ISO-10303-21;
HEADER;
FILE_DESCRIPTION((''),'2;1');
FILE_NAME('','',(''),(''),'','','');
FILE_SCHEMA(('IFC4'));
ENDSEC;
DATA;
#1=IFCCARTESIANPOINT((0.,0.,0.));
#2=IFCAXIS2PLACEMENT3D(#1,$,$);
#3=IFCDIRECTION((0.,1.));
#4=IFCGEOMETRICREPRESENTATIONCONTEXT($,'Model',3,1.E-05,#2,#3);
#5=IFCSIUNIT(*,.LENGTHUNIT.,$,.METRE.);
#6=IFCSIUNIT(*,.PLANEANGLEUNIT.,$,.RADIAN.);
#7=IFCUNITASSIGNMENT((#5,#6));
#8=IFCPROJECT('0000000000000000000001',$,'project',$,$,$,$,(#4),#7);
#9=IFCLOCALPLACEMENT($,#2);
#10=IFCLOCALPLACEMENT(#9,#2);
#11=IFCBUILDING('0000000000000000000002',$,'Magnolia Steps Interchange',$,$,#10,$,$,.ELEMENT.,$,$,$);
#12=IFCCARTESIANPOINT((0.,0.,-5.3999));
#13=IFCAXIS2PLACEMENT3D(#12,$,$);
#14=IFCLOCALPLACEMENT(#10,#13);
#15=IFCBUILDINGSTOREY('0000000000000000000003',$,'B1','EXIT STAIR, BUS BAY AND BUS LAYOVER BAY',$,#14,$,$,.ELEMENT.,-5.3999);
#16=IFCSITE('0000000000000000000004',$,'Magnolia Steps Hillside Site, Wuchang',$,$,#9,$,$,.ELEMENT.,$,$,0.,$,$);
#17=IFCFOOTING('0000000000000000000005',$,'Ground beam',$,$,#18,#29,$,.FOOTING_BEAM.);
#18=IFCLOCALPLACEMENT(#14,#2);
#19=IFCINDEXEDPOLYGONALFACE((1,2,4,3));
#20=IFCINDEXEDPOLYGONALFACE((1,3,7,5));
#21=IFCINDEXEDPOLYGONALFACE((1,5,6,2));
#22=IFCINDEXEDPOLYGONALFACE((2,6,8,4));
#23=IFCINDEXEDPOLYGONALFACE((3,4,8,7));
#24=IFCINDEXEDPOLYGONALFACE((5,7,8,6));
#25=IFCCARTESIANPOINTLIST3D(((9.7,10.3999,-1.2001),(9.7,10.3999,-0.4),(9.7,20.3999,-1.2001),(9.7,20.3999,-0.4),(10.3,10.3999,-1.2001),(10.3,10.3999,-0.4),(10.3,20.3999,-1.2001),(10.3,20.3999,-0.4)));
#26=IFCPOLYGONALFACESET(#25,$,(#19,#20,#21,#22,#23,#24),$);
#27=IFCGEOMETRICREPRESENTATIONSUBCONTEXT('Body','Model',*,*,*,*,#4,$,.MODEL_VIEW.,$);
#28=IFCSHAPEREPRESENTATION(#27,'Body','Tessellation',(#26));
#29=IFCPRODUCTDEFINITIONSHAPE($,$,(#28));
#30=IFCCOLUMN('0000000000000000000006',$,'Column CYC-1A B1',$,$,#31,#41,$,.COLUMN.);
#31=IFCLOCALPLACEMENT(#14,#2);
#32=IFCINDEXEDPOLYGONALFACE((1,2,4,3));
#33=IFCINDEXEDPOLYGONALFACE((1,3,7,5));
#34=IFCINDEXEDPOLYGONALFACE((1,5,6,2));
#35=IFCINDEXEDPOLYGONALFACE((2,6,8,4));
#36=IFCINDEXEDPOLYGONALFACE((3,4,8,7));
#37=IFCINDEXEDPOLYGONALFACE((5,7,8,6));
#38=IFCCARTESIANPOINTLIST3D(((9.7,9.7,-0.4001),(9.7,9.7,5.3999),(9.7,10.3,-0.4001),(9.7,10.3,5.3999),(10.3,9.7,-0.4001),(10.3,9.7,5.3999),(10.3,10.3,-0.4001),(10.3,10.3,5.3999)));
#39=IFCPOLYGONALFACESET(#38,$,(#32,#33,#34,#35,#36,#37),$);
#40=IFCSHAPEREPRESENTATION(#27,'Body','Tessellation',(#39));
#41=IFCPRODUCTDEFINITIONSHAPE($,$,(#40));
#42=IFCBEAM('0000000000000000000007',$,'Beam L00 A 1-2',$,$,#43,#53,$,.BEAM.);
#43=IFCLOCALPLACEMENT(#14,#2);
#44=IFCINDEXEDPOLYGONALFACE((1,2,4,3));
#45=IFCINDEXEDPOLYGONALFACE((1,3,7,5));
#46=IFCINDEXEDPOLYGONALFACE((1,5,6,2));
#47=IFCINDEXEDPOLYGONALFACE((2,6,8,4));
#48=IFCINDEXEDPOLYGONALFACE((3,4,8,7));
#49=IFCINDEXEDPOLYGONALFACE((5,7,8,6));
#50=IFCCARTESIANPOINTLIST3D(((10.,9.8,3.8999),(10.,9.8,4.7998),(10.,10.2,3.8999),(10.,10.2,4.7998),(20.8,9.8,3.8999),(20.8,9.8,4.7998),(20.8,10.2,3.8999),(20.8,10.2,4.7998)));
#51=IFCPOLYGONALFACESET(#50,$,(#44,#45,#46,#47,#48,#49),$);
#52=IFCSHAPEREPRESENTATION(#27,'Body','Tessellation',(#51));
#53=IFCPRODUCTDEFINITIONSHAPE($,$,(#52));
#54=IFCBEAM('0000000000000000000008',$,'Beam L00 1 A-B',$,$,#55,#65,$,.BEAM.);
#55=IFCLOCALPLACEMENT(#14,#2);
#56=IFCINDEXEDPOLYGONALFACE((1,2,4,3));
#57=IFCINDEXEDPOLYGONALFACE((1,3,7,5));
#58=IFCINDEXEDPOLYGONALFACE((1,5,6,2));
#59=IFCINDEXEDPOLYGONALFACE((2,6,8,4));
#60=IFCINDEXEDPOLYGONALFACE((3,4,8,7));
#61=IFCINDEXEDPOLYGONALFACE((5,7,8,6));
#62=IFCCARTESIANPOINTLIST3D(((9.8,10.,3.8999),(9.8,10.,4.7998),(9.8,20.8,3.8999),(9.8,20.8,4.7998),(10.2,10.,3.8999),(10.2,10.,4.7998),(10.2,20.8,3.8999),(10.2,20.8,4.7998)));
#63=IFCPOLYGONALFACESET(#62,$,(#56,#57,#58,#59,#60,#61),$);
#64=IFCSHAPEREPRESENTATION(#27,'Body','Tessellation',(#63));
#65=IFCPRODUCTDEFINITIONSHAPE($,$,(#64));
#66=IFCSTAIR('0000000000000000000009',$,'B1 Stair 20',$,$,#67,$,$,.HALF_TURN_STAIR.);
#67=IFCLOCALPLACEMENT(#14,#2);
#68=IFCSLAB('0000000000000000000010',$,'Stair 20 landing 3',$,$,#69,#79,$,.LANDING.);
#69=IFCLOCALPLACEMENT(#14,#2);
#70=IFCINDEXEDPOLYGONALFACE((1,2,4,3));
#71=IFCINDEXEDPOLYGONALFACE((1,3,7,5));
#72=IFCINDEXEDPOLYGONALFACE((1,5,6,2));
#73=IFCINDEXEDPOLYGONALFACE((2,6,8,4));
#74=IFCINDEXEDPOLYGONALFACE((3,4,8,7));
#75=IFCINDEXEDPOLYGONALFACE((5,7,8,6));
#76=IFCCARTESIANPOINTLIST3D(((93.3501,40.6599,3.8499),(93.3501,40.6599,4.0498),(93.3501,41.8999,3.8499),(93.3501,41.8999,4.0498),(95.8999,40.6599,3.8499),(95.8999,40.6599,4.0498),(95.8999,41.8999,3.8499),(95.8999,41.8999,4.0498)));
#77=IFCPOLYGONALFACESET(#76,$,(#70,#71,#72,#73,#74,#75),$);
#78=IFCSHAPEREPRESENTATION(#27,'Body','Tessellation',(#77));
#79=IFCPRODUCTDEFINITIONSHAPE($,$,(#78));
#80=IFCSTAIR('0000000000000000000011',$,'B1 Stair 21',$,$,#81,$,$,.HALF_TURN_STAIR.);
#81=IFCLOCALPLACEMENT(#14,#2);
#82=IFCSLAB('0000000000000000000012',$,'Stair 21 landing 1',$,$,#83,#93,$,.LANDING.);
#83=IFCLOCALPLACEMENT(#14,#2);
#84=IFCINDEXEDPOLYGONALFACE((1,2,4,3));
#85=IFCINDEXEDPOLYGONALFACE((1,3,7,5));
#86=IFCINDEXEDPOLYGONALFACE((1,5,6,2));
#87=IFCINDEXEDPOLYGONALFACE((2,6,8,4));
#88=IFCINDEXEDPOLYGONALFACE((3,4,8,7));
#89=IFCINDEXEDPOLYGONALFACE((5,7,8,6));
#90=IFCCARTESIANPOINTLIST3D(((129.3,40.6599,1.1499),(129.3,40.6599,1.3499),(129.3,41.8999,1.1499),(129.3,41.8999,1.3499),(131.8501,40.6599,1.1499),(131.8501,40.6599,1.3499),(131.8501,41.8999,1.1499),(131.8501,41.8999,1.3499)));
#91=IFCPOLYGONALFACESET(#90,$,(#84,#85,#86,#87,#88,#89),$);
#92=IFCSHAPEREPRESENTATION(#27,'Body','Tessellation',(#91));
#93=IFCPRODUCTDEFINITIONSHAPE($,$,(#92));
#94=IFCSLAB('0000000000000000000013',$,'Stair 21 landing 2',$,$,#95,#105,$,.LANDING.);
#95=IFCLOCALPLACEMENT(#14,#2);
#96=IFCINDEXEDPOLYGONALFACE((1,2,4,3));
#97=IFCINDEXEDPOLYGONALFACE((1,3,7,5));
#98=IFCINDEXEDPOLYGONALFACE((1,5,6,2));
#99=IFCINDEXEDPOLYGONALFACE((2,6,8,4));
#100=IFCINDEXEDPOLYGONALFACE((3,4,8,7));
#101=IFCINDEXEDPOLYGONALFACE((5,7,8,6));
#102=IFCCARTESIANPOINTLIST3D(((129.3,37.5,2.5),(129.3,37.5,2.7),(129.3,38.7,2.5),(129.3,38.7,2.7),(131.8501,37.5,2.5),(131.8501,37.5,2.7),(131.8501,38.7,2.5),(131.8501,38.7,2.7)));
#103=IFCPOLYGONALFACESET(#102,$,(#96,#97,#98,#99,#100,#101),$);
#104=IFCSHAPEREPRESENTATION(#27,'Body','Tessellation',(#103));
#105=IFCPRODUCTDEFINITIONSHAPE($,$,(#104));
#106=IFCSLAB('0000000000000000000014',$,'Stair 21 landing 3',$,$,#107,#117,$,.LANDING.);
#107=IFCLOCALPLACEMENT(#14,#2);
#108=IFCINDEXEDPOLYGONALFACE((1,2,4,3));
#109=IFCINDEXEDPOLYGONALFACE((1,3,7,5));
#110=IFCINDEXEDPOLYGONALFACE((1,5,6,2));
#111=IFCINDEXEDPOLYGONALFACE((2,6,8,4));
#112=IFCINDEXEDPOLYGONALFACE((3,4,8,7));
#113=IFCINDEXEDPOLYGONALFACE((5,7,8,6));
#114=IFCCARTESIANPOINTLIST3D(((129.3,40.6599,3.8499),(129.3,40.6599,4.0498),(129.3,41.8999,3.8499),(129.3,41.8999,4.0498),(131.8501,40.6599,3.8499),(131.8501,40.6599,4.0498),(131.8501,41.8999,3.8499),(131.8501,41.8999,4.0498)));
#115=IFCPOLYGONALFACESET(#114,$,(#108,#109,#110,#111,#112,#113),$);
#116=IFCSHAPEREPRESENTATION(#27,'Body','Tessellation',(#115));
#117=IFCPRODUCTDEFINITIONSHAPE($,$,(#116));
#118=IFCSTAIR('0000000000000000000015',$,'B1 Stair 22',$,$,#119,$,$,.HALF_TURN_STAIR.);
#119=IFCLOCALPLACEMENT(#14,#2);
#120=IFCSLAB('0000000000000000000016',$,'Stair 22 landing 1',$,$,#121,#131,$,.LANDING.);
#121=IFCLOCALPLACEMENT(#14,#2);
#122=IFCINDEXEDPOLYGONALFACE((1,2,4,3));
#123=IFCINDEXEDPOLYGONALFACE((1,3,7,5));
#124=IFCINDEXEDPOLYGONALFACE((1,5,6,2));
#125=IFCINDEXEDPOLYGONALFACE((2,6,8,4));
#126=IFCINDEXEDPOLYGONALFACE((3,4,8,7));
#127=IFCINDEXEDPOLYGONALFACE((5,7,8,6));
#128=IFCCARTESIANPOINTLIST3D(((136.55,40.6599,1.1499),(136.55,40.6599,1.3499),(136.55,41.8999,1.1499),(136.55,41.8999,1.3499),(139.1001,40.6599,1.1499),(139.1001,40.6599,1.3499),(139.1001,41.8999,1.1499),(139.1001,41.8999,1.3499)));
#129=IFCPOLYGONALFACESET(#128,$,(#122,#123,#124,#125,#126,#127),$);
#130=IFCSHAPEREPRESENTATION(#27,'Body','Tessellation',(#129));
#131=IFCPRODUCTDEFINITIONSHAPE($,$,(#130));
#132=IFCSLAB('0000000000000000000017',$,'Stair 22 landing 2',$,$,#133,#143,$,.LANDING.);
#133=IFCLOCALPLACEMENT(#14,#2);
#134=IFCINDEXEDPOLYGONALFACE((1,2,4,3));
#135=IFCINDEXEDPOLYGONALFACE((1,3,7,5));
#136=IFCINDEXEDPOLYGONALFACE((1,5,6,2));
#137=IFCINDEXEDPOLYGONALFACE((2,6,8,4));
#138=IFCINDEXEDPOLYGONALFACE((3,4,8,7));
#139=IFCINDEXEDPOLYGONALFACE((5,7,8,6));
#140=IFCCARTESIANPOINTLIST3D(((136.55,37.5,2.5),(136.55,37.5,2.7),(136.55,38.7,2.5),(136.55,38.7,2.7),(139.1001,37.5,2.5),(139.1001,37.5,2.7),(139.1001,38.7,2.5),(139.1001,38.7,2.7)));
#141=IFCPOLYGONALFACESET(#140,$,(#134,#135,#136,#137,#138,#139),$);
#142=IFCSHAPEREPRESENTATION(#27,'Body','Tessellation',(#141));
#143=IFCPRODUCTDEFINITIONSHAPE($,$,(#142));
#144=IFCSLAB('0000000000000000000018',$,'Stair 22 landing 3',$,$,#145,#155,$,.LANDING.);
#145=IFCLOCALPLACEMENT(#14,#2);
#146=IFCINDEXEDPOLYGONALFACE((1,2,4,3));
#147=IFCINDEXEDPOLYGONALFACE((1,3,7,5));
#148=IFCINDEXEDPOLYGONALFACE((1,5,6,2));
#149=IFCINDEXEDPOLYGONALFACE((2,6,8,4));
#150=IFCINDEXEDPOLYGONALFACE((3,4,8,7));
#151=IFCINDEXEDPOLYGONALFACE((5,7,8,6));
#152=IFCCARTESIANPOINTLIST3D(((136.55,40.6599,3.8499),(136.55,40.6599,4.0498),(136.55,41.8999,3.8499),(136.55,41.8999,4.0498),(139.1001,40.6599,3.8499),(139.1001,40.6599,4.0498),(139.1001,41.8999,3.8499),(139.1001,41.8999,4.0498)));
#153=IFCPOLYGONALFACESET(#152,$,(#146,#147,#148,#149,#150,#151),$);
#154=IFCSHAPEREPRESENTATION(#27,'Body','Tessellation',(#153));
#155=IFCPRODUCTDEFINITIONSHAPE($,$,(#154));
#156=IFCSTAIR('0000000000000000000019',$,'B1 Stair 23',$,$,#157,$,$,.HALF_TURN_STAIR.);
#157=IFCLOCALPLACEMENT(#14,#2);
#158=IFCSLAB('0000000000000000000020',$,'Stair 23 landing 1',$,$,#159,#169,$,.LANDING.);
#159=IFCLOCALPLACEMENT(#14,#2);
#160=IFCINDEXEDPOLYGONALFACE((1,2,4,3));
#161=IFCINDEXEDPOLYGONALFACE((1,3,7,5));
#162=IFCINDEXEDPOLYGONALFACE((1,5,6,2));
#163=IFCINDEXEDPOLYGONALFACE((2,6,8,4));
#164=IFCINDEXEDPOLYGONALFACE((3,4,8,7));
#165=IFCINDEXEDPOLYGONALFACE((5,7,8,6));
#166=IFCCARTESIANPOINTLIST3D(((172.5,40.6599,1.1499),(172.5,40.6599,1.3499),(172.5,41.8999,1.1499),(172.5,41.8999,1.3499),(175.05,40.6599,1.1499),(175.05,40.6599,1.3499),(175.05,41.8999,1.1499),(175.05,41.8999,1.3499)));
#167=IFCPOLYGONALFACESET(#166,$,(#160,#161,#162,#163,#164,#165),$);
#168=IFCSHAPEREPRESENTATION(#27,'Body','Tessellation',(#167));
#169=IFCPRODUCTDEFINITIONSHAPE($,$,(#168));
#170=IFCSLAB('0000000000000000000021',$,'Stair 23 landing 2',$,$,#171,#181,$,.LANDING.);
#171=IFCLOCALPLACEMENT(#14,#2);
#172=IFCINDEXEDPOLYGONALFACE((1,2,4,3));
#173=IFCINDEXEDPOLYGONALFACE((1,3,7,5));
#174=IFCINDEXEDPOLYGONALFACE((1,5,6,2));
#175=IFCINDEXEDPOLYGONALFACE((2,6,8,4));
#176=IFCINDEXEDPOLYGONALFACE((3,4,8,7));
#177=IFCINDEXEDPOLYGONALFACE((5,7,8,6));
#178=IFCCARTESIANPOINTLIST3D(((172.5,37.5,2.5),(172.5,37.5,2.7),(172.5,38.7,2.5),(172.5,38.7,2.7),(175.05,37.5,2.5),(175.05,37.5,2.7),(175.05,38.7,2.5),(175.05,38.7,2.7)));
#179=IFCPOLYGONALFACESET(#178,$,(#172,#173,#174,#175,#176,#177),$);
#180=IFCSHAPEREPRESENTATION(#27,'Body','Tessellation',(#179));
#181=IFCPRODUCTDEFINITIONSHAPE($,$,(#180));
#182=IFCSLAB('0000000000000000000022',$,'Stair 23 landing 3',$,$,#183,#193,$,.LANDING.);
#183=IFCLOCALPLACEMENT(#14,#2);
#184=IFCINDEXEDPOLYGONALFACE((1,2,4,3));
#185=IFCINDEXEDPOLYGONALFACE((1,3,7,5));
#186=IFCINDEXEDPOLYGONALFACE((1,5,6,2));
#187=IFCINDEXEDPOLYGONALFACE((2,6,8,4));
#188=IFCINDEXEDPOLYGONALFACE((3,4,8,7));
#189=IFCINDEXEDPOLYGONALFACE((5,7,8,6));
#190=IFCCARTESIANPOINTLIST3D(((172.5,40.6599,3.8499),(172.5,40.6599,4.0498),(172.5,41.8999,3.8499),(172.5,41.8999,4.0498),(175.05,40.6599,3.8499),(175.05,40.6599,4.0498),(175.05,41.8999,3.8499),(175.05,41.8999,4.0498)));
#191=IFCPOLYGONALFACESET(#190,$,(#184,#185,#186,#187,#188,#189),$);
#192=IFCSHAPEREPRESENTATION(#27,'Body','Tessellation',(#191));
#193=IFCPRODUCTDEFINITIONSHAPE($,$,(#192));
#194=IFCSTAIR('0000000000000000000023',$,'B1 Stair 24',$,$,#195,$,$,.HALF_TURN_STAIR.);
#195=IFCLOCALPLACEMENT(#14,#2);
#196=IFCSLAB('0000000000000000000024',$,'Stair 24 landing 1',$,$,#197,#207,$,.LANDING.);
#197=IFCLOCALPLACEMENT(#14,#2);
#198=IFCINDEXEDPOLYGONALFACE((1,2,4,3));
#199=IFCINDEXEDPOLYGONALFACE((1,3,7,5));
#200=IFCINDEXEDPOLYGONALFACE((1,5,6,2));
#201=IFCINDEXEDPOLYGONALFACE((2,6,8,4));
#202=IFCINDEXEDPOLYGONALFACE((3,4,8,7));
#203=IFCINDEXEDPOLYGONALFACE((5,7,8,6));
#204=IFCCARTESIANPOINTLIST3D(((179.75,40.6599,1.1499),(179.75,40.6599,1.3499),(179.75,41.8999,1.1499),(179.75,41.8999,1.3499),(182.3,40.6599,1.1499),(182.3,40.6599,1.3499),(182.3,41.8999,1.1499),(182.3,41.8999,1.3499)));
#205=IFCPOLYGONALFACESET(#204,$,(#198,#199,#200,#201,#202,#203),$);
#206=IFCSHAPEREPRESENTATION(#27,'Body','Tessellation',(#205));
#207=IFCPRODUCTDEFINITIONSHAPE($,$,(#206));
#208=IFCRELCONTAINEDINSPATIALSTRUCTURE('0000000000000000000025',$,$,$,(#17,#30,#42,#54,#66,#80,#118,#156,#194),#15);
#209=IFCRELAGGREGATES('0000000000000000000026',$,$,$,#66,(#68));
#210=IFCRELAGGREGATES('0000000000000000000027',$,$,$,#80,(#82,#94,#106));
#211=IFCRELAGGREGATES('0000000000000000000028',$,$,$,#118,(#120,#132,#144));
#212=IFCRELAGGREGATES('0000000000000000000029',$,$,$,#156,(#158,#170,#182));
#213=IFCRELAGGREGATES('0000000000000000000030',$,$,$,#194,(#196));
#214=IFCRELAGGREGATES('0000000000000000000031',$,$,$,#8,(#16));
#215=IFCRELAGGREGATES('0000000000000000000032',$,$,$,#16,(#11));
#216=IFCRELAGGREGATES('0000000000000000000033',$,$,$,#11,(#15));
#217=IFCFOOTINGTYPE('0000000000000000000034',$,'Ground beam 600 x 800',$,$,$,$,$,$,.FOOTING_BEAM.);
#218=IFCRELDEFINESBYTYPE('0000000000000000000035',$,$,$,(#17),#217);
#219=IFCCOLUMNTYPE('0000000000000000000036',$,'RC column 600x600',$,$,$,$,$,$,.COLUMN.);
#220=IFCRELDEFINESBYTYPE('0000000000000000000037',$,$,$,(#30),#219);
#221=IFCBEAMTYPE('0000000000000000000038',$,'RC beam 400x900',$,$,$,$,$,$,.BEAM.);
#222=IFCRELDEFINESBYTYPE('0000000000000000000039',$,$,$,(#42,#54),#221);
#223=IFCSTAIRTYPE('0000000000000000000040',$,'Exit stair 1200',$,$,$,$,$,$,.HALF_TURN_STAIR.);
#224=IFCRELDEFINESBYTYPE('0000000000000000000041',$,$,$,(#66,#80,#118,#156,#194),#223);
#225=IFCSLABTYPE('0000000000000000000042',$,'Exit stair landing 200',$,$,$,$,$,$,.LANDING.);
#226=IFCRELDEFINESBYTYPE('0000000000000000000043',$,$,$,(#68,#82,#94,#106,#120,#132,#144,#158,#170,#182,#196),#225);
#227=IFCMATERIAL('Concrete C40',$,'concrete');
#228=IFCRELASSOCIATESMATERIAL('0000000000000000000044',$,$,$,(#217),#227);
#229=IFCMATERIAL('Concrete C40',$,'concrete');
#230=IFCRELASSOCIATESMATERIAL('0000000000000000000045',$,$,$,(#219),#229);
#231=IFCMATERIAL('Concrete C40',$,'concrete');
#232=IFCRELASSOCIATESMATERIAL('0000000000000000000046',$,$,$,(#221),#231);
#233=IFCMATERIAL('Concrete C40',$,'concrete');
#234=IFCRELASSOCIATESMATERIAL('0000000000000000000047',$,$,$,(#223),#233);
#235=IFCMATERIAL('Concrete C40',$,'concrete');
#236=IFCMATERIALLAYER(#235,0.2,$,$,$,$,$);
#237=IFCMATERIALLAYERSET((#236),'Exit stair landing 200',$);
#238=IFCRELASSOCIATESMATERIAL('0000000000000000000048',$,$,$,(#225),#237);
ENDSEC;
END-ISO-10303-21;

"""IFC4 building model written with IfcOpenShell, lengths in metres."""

from ifc_helpers import new_model, si_unit, direction, frame, origin, origin_2d, place, context, subcontext, project, spatial, polyline, rectangle, outline, extrude, material, layer, layer_set, material_profile, profile_set, type_object, element, aggregate, save


model = new_model("IFC4")

# Units and contexts
model_context = context("Model", 3, precision=1e-05, world=origin(), true_north=direction((0.0, 1.0)))
body_context = subcontext(model_context, "Body", "Model", "MODEL_VIEW")
ifc_project = project(units=[si_unit("LENGTHUNIT", "METRE"), si_unit("PLANEANGLEUNIT", "RADIAN")], contexts=[model_context])

# Site, building, storey
site_placement = place(None, origin())
site = spatial("IfcSite", under=ifc_project, at=site_placement, Name="Magnolia Steps Hillside Site, Wuchang", CompositionType="ELEMENT", RefElevation=0.0)
building_placement = place(site_placement, origin())
building = spatial("IfcBuilding", under=site, at=building_placement, Name="Magnolia Steps Interchange", CompositionType="ELEMENT")
storey_placement = place(building_placement, frame((0.0, 0.0, -5.3999)))
storey = spatial("IfcBuildingStorey", under=building, at=storey_placement, Name="B1", Description="EXIT STAIR, BUS BAY AND BUS LAYOVER BAY", CompositionType="ELEMENT", Elevation=-5.3999)

# Footing
ifc_material_1 = material(Name="Concrete C40", Category="concrete")
ifc_material_profile_1 = material_profile(ifc_material_1, rectangle(XDim=0.6001, YDim=0.8, at=origin_2d()), Name="RC600x800")
ifc_profile_set_1 = profile_set([ifc_material_profile_1], Name="Concrete C40")
footing_type = type_object("IfcFootingType", Name="Ground beam 600 x 800", PredefinedType="FOOTING_BEAM", material=ifc_profile_set_1)
footing_placement = place(storey_placement, frame((10.0, 10.3999, -0.8), z_axis=(0.0, 1.0, 0.0), x_axis=(-1.0, 0.0, 0.0)))
element("IfcFooting", 1, at=footing_placement, inside=storey, type_object=footing_type, Name="Ground beam", PredefinedType="FOOTING_BEAM", context=body_context, shape_type="SweptSolid", body=[
    extrude(rectangle(XDim=0.6001, YDim=0.8, at=origin_2d()), origin(), (0.0, 0.0, 1.0), 10.0),
])

# Column
ifc_material_2 = material(Name="Concrete C40", Category="concrete")
ifc_material_profile_2 = material_profile(ifc_material_2, rectangle(XDim=0.6001, YDim=0.6001, at=origin_2d()), Name="RC600x600")
ifc_profile_set_2 = profile_set([ifc_material_profile_2], Name="Concrete C40")
column_type = type_object("IfcColumnType", Name="RC column 600x600", PredefinedType="COLUMN", material=ifc_profile_set_2)
column_placement = place(storey_placement, frame((10.0, 10.0, -0.4001), z_axis=(0.0, 0.0, 1.0), x_axis=(1.0, 0.0, 0.0)))
element("IfcColumn", 2, at=column_placement, inside=storey, type_object=column_type, Name="Column CYC-1A B1", PredefinedType="COLUMN", context=body_context, shape_type="SweptSolid", body=[
    extrude(rectangle(XDim=0.6001, YDim=0.6001, at=origin_2d()), origin(), (0.0, 0.0, 1.0), 5.8),
])

# Beams
ifc_material_3 = material(Name="Concrete C40", Category="concrete")
ifc_material_profile_3 = material_profile(ifc_material_3, rectangle(XDim=0.3999, YDim=0.8999, at=origin_2d()), Name="RC400x900")
ifc_profile_set_3 = profile_set([ifc_material_profile_3], Name="Concrete C40")
beam_type = type_object("IfcBeamType", Name="RC beam 400x900", PredefinedType="BEAM", material=ifc_profile_set_3)
for number, where, z_axis, x_axis, name in (
    (3, (10.0, 10.0, 4.3499), (1.0, 0.0, 0.0), (0.0, 1.0, 0.0), "Beam L00 A 1-2"),
    (4, (10.0, 10.0, 4.3499), (0.0, 1.0, 0.0), (-1.0, 0.0, 0.0), "Beam L00 1 A-B"),
):
    element("IfcBeam", number, at=place(storey_placement, frame(where, z_axis=z_axis, x_axis=x_axis)), inside=storey, type_object=beam_type, Name=name, PredefinedType="BEAM", context=body_context, shape_type="SweptSolid", body=[
        extrude(rectangle(XDim=0.3999, YDim=0.8999, at=origin_2d()), origin(), (0.0, 0.0, 1.0), 10.8),
    ])

# Stair, slab
ifc_material_4 = material(Name="Concrete C40", Category="concrete")
stair_type_1 = type_object("IfcStairType", Name="Exit stair 1200", PredefinedType="HALF_TURN_STAIR", material=ifc_material_4)
stair_1_placement = place(storey_placement, origin())
stair_1 = element("IfcStair", 5, at=stair_1_placement, inside=storey, type_object=stair_type_1, Name="B1 Stair 20", PredefinedType="HALF_TURN_STAIR")
ifc_material_5 = material(Name="Concrete C40", Category="concrete")
ifc_layer_1 = layer(ifc_material_5, 0.2)
ifc_layer_set_1 = layer_set([ifc_layer_1], Name="Exit stair landing 200")
slab_type = type_object("IfcSlabType", Name="Exit stair landing 200", PredefinedType="LANDING", material=ifc_layer_set_1)
slab_1_placement = place(storey_placement, frame((0.0, 0.0, 3.8499)))
slab_1 = element("IfcSlab", 6, at=slab_1_placement, type_object=slab_type, Name="Stair 20 landing 3", PredefinedType="LANDING", context=body_context, shape_type="SweptSolid", body=[
    extrude(outline(polyline([(95.8999, 40.6599), (95.8999, 41.8999), (93.3501, 41.8999), (93.3501, 40.6599), (95.8999, 40.6599)])), origin(), (0.0, 0.0, 1.0), 0.2),
])
aggregate(stair_1, [slab_1])

# Stairs, slabs
stair_2_placement = place(storey_placement, origin())
stair_2 = element("IfcStair", 7, at=stair_2_placement, inside=storey, type_object=stair_type_1, Name="B1 Stair 21", PredefinedType="HALF_TURN_STAIR")
slab_2_placement = place(storey_placement, frame((0.0, 0.0, 1.1499)))
slab_2 = element("IfcSlab", 8, at=slab_2_placement, type_object=slab_type, Name="Stair 21 landing 1", PredefinedType="LANDING", context=body_context, shape_type="SweptSolid", body=[
    extrude(outline(polyline([(131.8501, 40.6599), (131.8501, 41.8999), (129.3, 41.8999), (129.3, 40.6599), (131.8501, 40.6599)])), origin(), (0.0, 0.0, 1.0), 0.2),
])
slab_3_placement = place(storey_placement, frame((0.0, 0.0, 2.5)))
slab_3 = element("IfcSlab", 9, at=slab_3_placement, type_object=slab_type, Name="Stair 21 landing 2", PredefinedType="LANDING", context=body_context, shape_type="SweptSolid", body=[
    extrude(outline(polyline([(131.8501, 37.5), (131.8501, 38.7), (129.3, 38.7), (129.3, 37.5), (131.8501, 37.5)])), origin(), (0.0, 0.0, 1.0), 0.2),
])
slab_4_placement = place(storey_placement, frame((0.0, 0.0, 3.8499)))
slab_4 = element("IfcSlab", 10, at=slab_4_placement, type_object=slab_type, Name="Stair 21 landing 3", PredefinedType="LANDING", context=body_context, shape_type="SweptSolid", body=[
    extrude(outline(polyline([(131.8501, 40.6599), (131.8501, 41.8999), (129.3, 41.8999), (129.3, 40.6599), (131.8501, 40.6599)])), origin(), (0.0, 0.0, 1.0), 0.2),
])
aggregate(stair_2, [slab_2, slab_3, slab_4])
stair_3_placement = place(storey_placement, origin())
stair_3 = element("IfcStair", 11, at=stair_3_placement, inside=storey, type_object=stair_type_1, Name="B1 Stair 22", PredefinedType="HALF_TURN_STAIR")
slab_5_placement = place(storey_placement, frame((0.0, 0.0, 1.1499)))
slab_5 = element("IfcSlab", 12, at=slab_5_placement, type_object=slab_type, Name="Stair 22 landing 1", PredefinedType="LANDING", context=body_context, shape_type="SweptSolid", body=[
    extrude(outline(polyline([(139.1001, 40.6599), (139.1001, 41.8999), (136.55, 41.8999), (136.55, 40.6599), (139.1001, 40.6599)])), origin(), (0.0, 0.0, 1.0), 0.2),
])
slab_6_placement = place(storey_placement, frame((0.0, 0.0, 2.5)))
slab_6 = element("IfcSlab", 13, at=slab_6_placement, type_object=slab_type, Name="Stair 22 landing 2", PredefinedType="LANDING", context=body_context, shape_type="SweptSolid", body=[
    extrude(outline(polyline([(139.1001, 37.5), (139.1001, 38.7), (136.55, 38.7), (136.55, 37.5), (139.1001, 37.5)])), origin(), (0.0, 0.0, 1.0), 0.2),
])
slab_7_placement = place(storey_placement, frame((0.0, 0.0, 3.8499)))
slab_7 = element("IfcSlab", 14, at=slab_7_placement, type_object=slab_type, Name="Stair 22 landing 3", PredefinedType="LANDING", context=body_context, shape_type="SweptSolid", body=[
    extrude(outline(polyline([(139.1001, 40.6599), (139.1001, 41.8999), (136.55, 41.8999), (136.55, 40.6599), (139.1001, 40.6599)])), origin(), (0.0, 0.0, 1.0), 0.2),
])
aggregate(stair_3, [slab_5, slab_6, slab_7])
stair_4_placement = place(storey_placement, origin())
stair_4 = element("IfcStair", 15, at=stair_4_placement, inside=storey, type_object=stair_type_1, Name="B1 Stair 23", PredefinedType="HALF_TURN_STAIR")
slab_8_placement = place(storey_placement, frame((0.0, 0.0, 1.1499)))
slab_8 = element("IfcSlab", 16, at=slab_8_placement, type_object=slab_type, Name="Stair 23 landing 1", PredefinedType="LANDING", context=body_context, shape_type="SweptSolid", body=[
    extrude(outline(polyline([(175.05, 40.6599), (175.05, 41.8999), (172.5, 41.8999), (172.5, 40.6599), (175.05, 40.6599)])), origin(), (0.0, 0.0, 1.0), 0.2),
])
slab_9_placement = place(storey_placement, frame((0.0, 0.0, 2.5)))
slab_9 = element("IfcSlab", 17, at=slab_9_placement, type_object=slab_type, Name="Stair 23 landing 2", PredefinedType="LANDING", context=body_context, shape_type="SweptSolid", body=[
    extrude(outline(polyline([(175.05, 37.5), (175.05, 38.7), (172.5, 38.7), (172.5, 37.5), (175.05, 37.5)])), origin(), (0.0, 0.0, 1.0), 0.2),
])
slab_10_placement = place(storey_placement, frame((0.0, 0.0, 3.8499)))
slab_10 = element("IfcSlab", 18, at=slab_10_placement, type_object=slab_type, Name="Stair 23 landing 3", PredefinedType="LANDING", context=body_context, shape_type="SweptSolid", body=[
    extrude(outline(polyline([(175.05, 40.6599), (175.05, 41.8999), (172.5, 41.8999), (172.5, 40.6599), (175.05, 40.6599)])), origin(), (0.0, 0.0, 1.0), 0.2),
])
aggregate(stair_4, [slab_8, slab_9, slab_10])
stair_5_placement = place(storey_placement, origin())
stair_5 = element("IfcStair", 19, at=stair_5_placement, inside=storey, type_object=stair_type_1, Name="B1 Stair 24", PredefinedType="HALF_TURN_STAIR")
slab_11_placement = place(storey_placement, frame((0.0, 0.0, 1.1499)))
slab_11 = element("IfcSlab", 20, at=slab_11_placement, type_object=slab_type, Name="Stair 24 landing 1", PredefinedType="LANDING", context=body_context, shape_type="SweptSolid", body=[
    extrude(outline(polyline([(182.3, 40.6599), (182.3, 41.8999), (179.75, 41.8999), (179.75, 40.6599), (182.3, 40.6599)])), origin(), (0.0, 0.0, 1.0), 0.2),
])
aggregate(stair_5, [slab_11])

save(model, "model.ifc")
